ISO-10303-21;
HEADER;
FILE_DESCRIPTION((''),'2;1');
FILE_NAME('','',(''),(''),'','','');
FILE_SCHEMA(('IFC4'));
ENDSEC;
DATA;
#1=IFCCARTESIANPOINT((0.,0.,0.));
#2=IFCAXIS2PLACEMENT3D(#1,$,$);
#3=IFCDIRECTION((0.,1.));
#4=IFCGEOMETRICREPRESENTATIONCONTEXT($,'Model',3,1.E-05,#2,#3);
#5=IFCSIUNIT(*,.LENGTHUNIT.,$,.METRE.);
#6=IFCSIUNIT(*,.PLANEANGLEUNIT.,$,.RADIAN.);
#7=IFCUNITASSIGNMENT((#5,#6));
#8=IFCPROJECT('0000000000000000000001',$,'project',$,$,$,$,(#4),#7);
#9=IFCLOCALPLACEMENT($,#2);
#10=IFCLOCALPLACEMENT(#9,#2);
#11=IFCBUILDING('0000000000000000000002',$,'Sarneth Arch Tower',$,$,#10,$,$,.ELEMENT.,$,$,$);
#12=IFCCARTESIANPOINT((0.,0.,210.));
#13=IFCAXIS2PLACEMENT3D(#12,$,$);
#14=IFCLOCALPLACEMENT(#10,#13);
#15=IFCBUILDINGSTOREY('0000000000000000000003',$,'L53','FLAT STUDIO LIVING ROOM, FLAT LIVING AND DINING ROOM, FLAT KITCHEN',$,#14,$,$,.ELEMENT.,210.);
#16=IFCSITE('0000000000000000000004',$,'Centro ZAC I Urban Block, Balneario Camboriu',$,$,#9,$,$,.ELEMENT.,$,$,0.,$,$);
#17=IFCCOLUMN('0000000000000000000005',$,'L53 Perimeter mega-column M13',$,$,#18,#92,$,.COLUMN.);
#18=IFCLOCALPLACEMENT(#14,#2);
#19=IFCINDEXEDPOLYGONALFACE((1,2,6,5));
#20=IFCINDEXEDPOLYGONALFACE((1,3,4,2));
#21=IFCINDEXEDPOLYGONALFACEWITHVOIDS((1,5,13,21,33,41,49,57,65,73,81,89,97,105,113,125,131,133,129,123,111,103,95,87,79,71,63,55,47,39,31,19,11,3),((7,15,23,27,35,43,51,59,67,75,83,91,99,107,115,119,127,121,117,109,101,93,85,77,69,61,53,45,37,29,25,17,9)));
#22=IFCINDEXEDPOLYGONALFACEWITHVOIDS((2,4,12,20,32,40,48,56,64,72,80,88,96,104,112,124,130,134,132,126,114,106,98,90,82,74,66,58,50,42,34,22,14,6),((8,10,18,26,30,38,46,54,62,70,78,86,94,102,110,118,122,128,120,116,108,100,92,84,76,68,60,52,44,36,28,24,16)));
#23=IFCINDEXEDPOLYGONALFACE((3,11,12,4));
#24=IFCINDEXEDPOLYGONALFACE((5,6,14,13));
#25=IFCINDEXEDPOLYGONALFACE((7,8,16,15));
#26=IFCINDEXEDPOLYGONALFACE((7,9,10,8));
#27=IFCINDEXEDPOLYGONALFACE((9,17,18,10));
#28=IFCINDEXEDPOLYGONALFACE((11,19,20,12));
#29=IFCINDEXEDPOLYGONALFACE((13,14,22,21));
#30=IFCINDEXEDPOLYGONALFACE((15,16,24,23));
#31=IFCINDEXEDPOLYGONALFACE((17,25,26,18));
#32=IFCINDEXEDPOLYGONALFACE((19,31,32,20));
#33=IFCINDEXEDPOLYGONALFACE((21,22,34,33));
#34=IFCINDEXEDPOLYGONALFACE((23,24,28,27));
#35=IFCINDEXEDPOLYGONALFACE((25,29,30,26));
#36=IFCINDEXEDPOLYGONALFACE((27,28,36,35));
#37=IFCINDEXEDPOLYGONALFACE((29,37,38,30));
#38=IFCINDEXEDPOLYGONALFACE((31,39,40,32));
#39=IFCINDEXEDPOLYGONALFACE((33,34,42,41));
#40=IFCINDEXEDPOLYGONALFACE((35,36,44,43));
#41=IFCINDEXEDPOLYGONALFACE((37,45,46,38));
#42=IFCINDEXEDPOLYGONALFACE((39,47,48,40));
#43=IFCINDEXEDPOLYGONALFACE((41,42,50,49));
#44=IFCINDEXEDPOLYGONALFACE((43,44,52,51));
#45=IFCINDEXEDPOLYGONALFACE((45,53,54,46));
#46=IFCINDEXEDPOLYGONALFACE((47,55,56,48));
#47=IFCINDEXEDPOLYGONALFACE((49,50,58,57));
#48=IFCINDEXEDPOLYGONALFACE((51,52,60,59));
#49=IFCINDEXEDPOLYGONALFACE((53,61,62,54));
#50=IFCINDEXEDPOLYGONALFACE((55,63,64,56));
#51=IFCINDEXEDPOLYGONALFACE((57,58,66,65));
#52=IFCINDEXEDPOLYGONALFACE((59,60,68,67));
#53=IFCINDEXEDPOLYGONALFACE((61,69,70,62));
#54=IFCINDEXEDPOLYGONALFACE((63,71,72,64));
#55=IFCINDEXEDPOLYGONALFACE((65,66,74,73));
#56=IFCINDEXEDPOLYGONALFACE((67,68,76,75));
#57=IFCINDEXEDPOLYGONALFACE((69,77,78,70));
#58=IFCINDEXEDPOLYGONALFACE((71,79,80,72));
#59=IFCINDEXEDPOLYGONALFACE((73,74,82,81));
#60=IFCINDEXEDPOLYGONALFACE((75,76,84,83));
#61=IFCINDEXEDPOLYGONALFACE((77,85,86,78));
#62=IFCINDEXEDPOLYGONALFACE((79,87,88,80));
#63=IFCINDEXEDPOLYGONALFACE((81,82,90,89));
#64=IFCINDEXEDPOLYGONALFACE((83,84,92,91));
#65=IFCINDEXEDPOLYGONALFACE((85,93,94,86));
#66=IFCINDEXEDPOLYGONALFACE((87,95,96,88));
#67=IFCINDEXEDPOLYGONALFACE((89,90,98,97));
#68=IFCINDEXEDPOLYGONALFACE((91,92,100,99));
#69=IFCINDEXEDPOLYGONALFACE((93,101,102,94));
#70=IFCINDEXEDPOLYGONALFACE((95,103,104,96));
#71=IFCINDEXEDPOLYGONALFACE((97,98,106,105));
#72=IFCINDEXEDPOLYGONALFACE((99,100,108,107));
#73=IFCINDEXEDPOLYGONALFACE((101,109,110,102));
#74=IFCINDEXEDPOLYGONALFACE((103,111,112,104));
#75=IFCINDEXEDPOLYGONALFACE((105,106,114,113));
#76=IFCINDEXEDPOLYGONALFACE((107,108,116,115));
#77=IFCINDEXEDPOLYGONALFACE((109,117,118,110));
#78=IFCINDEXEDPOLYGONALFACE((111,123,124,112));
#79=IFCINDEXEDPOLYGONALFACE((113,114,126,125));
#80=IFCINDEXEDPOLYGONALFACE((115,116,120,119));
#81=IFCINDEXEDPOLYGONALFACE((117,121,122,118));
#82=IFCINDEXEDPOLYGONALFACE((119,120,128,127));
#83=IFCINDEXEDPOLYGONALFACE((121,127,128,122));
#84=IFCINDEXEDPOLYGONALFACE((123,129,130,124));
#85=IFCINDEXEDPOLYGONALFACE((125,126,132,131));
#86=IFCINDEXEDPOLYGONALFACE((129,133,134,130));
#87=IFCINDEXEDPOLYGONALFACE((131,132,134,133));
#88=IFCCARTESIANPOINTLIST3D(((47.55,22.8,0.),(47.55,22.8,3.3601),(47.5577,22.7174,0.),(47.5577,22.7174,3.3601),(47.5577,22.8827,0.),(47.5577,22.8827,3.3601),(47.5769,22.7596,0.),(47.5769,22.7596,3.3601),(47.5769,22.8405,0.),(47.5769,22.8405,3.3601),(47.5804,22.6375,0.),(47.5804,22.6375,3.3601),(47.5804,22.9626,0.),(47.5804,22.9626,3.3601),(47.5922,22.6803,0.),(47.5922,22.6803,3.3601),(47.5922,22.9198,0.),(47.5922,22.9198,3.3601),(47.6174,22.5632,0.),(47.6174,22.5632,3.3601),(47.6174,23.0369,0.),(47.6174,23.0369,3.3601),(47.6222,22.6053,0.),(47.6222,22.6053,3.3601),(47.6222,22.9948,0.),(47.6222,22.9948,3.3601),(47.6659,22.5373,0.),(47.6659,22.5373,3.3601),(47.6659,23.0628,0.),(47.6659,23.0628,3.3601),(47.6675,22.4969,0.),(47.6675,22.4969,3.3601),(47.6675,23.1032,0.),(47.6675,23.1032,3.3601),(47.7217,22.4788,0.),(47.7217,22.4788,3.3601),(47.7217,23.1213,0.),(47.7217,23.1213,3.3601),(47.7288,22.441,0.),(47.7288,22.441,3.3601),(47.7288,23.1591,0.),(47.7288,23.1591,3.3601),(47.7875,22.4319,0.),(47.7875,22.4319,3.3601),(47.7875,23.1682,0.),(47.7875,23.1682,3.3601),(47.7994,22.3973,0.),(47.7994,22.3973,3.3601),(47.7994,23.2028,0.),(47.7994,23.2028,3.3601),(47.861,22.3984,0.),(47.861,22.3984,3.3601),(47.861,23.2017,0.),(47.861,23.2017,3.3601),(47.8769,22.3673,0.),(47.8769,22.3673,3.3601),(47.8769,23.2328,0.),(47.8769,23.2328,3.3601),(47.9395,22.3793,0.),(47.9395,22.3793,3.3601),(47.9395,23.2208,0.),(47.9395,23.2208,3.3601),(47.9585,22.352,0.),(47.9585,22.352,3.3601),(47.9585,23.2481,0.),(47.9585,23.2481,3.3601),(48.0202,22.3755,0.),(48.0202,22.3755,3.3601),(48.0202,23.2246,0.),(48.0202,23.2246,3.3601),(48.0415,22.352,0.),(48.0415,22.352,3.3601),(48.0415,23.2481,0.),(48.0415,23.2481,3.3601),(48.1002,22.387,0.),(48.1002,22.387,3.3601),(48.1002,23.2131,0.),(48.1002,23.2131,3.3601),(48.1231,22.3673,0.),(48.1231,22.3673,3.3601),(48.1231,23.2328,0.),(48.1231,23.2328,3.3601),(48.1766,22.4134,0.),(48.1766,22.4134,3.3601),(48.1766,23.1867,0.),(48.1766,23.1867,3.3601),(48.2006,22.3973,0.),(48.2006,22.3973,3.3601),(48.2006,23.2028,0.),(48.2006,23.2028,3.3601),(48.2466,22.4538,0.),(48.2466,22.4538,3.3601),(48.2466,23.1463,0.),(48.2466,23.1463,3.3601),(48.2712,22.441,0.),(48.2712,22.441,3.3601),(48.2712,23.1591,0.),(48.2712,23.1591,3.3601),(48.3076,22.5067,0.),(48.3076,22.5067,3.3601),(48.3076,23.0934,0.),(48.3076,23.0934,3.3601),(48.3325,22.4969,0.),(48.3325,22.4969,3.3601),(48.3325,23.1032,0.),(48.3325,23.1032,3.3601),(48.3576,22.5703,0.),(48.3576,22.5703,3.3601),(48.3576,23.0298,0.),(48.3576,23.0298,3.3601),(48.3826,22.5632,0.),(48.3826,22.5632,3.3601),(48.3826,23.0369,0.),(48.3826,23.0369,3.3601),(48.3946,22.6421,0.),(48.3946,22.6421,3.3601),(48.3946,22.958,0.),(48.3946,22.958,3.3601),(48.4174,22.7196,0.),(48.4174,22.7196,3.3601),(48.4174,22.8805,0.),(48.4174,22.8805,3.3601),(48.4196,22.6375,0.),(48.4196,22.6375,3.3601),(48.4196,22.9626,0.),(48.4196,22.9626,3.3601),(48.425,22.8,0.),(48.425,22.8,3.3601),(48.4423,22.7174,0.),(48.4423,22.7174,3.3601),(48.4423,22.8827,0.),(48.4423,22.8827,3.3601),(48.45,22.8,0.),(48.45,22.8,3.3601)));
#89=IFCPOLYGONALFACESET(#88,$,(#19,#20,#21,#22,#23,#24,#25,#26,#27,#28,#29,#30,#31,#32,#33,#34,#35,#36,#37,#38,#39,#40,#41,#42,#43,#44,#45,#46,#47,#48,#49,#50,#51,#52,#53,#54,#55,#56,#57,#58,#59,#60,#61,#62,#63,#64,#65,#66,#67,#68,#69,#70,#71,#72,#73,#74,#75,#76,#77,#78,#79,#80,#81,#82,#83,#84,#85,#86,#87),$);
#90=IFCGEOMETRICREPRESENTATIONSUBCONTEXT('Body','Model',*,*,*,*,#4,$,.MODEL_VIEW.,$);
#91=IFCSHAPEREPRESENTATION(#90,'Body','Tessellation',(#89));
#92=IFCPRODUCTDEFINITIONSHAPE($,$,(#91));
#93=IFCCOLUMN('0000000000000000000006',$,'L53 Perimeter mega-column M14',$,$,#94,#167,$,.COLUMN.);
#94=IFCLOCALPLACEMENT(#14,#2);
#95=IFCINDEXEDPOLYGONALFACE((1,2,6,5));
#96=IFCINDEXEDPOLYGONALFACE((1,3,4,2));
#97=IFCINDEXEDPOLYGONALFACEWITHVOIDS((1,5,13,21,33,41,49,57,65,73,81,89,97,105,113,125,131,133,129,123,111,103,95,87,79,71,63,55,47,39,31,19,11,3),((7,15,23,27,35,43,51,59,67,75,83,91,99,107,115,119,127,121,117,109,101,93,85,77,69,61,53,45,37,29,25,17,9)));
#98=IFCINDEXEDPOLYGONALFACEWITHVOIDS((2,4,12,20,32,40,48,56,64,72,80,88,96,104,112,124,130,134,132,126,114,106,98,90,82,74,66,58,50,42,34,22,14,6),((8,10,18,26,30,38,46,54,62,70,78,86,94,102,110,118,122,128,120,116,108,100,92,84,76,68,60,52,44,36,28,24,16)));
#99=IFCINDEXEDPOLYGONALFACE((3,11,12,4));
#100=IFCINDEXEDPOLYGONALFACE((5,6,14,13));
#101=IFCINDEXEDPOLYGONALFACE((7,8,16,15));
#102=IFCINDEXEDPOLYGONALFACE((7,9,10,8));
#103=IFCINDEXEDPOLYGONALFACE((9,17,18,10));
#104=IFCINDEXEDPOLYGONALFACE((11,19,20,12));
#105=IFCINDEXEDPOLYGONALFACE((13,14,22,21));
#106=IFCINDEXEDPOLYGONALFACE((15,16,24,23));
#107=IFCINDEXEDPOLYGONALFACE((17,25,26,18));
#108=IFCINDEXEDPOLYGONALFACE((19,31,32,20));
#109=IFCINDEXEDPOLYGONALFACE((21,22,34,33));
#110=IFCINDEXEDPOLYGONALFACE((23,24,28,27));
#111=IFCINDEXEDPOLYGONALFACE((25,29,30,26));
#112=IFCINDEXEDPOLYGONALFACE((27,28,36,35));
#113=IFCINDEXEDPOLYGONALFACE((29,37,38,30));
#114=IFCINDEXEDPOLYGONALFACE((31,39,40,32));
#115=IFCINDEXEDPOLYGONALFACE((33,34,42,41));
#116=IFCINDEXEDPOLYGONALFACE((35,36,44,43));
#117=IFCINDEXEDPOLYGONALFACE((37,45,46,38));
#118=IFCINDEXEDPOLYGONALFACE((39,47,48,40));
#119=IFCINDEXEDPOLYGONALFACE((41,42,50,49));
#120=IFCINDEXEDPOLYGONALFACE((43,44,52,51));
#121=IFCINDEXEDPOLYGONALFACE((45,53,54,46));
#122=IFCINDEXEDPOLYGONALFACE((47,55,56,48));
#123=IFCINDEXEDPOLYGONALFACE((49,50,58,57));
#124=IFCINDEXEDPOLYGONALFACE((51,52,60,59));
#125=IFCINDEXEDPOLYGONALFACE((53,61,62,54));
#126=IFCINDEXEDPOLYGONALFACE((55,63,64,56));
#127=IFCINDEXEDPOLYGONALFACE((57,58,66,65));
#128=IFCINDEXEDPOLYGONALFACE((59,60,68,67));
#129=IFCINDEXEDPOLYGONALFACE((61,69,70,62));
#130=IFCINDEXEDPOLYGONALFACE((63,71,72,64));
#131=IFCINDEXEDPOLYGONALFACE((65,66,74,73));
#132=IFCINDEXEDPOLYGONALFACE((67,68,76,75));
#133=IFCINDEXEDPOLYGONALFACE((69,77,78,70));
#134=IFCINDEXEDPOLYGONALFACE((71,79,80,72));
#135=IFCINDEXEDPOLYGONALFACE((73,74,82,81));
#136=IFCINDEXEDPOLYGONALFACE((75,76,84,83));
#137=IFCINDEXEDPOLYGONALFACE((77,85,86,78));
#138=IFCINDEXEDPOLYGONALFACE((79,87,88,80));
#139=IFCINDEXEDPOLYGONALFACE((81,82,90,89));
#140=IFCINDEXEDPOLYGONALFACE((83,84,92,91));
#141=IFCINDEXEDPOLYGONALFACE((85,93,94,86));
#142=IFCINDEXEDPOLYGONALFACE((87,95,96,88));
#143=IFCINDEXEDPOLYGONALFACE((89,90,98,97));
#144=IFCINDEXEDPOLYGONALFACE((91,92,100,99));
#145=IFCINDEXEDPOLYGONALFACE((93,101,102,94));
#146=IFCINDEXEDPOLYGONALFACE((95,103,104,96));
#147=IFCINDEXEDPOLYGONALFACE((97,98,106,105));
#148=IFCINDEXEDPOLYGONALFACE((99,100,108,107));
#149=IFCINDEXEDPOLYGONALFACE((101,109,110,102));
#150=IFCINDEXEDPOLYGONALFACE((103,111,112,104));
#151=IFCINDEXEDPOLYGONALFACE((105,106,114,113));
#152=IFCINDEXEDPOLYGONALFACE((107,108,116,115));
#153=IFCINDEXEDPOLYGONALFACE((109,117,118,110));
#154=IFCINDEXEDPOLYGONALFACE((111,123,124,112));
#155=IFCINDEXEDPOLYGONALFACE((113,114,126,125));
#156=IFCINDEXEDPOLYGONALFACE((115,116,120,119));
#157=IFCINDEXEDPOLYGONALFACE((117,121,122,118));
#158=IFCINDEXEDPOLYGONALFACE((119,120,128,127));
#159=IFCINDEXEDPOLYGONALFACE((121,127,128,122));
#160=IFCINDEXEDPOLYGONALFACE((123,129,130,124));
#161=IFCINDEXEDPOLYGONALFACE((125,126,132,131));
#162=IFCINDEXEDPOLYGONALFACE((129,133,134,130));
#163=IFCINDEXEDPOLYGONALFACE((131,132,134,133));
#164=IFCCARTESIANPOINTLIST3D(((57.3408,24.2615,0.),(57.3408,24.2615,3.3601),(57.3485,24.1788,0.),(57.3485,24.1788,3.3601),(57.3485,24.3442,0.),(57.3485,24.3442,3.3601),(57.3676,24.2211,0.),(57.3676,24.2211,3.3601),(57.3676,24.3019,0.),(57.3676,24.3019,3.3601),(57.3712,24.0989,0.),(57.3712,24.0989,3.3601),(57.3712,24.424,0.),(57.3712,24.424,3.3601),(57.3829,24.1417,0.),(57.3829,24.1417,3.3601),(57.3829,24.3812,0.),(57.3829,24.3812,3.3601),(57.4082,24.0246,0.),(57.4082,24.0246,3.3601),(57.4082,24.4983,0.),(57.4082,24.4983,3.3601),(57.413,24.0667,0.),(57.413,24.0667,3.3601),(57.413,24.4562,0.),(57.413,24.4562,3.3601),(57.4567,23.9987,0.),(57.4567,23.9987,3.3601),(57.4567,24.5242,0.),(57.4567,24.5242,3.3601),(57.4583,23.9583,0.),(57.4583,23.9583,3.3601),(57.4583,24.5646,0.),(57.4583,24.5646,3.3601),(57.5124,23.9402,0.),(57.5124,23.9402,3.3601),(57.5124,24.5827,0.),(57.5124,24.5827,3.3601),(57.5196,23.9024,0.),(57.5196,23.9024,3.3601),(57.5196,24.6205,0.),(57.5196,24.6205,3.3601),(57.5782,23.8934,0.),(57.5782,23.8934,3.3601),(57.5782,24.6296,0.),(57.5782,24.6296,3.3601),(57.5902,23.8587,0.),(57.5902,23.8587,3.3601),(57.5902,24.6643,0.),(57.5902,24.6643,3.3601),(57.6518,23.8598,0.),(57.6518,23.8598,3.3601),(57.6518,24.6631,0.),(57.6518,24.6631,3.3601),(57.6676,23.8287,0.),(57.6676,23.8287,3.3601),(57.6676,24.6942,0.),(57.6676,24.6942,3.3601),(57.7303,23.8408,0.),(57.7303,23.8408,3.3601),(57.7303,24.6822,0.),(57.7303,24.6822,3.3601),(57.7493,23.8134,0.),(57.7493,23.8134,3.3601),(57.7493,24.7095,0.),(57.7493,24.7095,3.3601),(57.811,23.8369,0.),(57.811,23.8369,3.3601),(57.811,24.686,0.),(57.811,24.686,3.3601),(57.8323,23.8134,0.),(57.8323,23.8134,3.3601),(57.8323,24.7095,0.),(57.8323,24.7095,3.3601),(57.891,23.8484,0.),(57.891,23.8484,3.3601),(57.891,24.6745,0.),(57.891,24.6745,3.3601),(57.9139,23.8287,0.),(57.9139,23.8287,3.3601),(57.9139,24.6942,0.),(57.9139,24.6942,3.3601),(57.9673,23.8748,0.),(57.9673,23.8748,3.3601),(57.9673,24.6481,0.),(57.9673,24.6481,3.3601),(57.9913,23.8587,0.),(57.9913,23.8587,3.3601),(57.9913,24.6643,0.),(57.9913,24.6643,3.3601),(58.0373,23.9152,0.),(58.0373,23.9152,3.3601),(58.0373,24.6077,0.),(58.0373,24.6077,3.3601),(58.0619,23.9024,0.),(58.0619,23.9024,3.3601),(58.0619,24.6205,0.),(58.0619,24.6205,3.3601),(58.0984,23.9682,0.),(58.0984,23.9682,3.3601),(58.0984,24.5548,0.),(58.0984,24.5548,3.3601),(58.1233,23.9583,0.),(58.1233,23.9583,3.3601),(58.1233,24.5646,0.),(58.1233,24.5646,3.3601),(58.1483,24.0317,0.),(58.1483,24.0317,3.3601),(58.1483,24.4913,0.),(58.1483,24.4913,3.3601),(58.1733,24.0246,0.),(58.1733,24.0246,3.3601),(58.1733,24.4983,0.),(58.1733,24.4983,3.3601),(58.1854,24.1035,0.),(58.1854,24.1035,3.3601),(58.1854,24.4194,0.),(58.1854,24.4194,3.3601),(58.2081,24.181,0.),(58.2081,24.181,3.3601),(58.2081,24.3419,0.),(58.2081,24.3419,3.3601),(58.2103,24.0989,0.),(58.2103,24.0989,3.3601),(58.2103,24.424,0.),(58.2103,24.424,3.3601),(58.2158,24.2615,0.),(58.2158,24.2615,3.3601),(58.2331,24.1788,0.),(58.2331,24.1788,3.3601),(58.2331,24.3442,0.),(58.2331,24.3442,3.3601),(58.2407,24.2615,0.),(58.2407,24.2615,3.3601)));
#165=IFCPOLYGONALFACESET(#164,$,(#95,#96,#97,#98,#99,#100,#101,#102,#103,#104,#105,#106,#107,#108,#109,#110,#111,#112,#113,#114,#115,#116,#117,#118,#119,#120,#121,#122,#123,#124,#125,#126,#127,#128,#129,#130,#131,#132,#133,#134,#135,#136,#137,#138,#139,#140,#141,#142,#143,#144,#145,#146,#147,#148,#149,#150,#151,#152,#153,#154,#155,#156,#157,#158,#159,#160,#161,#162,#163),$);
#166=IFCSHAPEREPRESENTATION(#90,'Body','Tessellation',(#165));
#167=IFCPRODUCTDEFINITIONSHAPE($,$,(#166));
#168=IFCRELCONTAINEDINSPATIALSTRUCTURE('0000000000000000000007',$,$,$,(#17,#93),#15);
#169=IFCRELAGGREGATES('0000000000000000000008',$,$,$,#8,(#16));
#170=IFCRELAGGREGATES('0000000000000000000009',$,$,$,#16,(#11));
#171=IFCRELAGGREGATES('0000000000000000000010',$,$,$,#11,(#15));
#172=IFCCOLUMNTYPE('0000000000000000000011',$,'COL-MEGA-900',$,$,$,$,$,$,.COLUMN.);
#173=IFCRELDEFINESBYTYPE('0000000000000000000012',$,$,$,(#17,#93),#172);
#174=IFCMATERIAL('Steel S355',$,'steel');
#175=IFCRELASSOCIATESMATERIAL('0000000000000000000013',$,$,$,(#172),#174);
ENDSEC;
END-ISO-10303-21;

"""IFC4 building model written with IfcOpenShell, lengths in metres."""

from ifc_helpers import new_model, si_unit, direction, frame, origin, origin_2d, place, context, subcontext, project, spatial, hollow_circle, extrude, material, material_profile, profile_set, type_object, element, save


model = new_model("IFC4")

# Units and contexts
model_context = context("Model", 3, precision=1e-05, world=origin(), true_north=direction((0.0, 1.0)))
body_context = subcontext(model_context, "Body", "Model", "MODEL_VIEW")
ifc_project = project(units=[si_unit("LENGTHUNIT", "METRE"), si_unit("PLANEANGLEUNIT", "RADIAN")], contexts=[model_context])

# Site, building, storey
site_placement = place(None, origin())
site = spatial("IfcSite", under=ifc_project, at=site_placement, Name="Centro ZAC I Urban Block, Balneario Camboriu", CompositionType="ELEMENT", RefElevation=0.0)
building_placement = place(site_placement, origin())
building = spatial("IfcBuilding", under=site, at=building_placement, Name="Sarneth Arch Tower", CompositionType="ELEMENT")
storey_placement = place(building_placement, frame((0.0, 0.0, 210.0)))
storey = spatial("IfcBuildingStorey", under=building, at=storey_placement, Name="L53", Description="FLAT STUDIO LIVING ROOM, FLAT LIVING AND DINING ROOM, FLAT KITCHEN", CompositionType="ELEMENT", Elevation=210.0)

# Columns
ifc_material_1 = material(Name="Steel S355", Category="steel")
ifc_material_profile_1 = material_profile(ifc_material_1, hollow_circle(Radius=0.45, WallThickness=0.0249, at=origin_2d()), Name="CHS900x25")
ifc_profile_set_1 = profile_set([ifc_material_profile_1], Name="Steel S355")
column_type = type_object("IfcColumnType", Name="COL-MEGA-900", PredefinedType="COLUMN", material=ifc_profile_set_1)
for number, where, z_axis, x_axis, name in (
    (1, (48.0, 22.8, 0.0), (0.0, 0.0, 1.0), (1.0, 0.0, 0.0), "L53 Perimeter mega-column M13"),
    (2, (57.7908, 24.2615, 0.0), (0.0, 0.0, 1.0), (1.0, 0.0, 0.0), "L53 Perimeter mega-column M14"),
):
    element("IfcColumn", number, at=place(storey_placement, frame(where, z_axis=z_axis, x_axis=x_axis)), inside=storey, type_object=column_type, Name=name, PredefinedType="COLUMN", context=body_context, shape_type="SweptSolid", body=[
        extrude(hollow_circle(Radius=0.45, WallThickness=0.0249, at=origin_2d()), origin(), (0.0, 0.0, 1.0), 3.3601),
    ])

save(model, "model.ifc")
